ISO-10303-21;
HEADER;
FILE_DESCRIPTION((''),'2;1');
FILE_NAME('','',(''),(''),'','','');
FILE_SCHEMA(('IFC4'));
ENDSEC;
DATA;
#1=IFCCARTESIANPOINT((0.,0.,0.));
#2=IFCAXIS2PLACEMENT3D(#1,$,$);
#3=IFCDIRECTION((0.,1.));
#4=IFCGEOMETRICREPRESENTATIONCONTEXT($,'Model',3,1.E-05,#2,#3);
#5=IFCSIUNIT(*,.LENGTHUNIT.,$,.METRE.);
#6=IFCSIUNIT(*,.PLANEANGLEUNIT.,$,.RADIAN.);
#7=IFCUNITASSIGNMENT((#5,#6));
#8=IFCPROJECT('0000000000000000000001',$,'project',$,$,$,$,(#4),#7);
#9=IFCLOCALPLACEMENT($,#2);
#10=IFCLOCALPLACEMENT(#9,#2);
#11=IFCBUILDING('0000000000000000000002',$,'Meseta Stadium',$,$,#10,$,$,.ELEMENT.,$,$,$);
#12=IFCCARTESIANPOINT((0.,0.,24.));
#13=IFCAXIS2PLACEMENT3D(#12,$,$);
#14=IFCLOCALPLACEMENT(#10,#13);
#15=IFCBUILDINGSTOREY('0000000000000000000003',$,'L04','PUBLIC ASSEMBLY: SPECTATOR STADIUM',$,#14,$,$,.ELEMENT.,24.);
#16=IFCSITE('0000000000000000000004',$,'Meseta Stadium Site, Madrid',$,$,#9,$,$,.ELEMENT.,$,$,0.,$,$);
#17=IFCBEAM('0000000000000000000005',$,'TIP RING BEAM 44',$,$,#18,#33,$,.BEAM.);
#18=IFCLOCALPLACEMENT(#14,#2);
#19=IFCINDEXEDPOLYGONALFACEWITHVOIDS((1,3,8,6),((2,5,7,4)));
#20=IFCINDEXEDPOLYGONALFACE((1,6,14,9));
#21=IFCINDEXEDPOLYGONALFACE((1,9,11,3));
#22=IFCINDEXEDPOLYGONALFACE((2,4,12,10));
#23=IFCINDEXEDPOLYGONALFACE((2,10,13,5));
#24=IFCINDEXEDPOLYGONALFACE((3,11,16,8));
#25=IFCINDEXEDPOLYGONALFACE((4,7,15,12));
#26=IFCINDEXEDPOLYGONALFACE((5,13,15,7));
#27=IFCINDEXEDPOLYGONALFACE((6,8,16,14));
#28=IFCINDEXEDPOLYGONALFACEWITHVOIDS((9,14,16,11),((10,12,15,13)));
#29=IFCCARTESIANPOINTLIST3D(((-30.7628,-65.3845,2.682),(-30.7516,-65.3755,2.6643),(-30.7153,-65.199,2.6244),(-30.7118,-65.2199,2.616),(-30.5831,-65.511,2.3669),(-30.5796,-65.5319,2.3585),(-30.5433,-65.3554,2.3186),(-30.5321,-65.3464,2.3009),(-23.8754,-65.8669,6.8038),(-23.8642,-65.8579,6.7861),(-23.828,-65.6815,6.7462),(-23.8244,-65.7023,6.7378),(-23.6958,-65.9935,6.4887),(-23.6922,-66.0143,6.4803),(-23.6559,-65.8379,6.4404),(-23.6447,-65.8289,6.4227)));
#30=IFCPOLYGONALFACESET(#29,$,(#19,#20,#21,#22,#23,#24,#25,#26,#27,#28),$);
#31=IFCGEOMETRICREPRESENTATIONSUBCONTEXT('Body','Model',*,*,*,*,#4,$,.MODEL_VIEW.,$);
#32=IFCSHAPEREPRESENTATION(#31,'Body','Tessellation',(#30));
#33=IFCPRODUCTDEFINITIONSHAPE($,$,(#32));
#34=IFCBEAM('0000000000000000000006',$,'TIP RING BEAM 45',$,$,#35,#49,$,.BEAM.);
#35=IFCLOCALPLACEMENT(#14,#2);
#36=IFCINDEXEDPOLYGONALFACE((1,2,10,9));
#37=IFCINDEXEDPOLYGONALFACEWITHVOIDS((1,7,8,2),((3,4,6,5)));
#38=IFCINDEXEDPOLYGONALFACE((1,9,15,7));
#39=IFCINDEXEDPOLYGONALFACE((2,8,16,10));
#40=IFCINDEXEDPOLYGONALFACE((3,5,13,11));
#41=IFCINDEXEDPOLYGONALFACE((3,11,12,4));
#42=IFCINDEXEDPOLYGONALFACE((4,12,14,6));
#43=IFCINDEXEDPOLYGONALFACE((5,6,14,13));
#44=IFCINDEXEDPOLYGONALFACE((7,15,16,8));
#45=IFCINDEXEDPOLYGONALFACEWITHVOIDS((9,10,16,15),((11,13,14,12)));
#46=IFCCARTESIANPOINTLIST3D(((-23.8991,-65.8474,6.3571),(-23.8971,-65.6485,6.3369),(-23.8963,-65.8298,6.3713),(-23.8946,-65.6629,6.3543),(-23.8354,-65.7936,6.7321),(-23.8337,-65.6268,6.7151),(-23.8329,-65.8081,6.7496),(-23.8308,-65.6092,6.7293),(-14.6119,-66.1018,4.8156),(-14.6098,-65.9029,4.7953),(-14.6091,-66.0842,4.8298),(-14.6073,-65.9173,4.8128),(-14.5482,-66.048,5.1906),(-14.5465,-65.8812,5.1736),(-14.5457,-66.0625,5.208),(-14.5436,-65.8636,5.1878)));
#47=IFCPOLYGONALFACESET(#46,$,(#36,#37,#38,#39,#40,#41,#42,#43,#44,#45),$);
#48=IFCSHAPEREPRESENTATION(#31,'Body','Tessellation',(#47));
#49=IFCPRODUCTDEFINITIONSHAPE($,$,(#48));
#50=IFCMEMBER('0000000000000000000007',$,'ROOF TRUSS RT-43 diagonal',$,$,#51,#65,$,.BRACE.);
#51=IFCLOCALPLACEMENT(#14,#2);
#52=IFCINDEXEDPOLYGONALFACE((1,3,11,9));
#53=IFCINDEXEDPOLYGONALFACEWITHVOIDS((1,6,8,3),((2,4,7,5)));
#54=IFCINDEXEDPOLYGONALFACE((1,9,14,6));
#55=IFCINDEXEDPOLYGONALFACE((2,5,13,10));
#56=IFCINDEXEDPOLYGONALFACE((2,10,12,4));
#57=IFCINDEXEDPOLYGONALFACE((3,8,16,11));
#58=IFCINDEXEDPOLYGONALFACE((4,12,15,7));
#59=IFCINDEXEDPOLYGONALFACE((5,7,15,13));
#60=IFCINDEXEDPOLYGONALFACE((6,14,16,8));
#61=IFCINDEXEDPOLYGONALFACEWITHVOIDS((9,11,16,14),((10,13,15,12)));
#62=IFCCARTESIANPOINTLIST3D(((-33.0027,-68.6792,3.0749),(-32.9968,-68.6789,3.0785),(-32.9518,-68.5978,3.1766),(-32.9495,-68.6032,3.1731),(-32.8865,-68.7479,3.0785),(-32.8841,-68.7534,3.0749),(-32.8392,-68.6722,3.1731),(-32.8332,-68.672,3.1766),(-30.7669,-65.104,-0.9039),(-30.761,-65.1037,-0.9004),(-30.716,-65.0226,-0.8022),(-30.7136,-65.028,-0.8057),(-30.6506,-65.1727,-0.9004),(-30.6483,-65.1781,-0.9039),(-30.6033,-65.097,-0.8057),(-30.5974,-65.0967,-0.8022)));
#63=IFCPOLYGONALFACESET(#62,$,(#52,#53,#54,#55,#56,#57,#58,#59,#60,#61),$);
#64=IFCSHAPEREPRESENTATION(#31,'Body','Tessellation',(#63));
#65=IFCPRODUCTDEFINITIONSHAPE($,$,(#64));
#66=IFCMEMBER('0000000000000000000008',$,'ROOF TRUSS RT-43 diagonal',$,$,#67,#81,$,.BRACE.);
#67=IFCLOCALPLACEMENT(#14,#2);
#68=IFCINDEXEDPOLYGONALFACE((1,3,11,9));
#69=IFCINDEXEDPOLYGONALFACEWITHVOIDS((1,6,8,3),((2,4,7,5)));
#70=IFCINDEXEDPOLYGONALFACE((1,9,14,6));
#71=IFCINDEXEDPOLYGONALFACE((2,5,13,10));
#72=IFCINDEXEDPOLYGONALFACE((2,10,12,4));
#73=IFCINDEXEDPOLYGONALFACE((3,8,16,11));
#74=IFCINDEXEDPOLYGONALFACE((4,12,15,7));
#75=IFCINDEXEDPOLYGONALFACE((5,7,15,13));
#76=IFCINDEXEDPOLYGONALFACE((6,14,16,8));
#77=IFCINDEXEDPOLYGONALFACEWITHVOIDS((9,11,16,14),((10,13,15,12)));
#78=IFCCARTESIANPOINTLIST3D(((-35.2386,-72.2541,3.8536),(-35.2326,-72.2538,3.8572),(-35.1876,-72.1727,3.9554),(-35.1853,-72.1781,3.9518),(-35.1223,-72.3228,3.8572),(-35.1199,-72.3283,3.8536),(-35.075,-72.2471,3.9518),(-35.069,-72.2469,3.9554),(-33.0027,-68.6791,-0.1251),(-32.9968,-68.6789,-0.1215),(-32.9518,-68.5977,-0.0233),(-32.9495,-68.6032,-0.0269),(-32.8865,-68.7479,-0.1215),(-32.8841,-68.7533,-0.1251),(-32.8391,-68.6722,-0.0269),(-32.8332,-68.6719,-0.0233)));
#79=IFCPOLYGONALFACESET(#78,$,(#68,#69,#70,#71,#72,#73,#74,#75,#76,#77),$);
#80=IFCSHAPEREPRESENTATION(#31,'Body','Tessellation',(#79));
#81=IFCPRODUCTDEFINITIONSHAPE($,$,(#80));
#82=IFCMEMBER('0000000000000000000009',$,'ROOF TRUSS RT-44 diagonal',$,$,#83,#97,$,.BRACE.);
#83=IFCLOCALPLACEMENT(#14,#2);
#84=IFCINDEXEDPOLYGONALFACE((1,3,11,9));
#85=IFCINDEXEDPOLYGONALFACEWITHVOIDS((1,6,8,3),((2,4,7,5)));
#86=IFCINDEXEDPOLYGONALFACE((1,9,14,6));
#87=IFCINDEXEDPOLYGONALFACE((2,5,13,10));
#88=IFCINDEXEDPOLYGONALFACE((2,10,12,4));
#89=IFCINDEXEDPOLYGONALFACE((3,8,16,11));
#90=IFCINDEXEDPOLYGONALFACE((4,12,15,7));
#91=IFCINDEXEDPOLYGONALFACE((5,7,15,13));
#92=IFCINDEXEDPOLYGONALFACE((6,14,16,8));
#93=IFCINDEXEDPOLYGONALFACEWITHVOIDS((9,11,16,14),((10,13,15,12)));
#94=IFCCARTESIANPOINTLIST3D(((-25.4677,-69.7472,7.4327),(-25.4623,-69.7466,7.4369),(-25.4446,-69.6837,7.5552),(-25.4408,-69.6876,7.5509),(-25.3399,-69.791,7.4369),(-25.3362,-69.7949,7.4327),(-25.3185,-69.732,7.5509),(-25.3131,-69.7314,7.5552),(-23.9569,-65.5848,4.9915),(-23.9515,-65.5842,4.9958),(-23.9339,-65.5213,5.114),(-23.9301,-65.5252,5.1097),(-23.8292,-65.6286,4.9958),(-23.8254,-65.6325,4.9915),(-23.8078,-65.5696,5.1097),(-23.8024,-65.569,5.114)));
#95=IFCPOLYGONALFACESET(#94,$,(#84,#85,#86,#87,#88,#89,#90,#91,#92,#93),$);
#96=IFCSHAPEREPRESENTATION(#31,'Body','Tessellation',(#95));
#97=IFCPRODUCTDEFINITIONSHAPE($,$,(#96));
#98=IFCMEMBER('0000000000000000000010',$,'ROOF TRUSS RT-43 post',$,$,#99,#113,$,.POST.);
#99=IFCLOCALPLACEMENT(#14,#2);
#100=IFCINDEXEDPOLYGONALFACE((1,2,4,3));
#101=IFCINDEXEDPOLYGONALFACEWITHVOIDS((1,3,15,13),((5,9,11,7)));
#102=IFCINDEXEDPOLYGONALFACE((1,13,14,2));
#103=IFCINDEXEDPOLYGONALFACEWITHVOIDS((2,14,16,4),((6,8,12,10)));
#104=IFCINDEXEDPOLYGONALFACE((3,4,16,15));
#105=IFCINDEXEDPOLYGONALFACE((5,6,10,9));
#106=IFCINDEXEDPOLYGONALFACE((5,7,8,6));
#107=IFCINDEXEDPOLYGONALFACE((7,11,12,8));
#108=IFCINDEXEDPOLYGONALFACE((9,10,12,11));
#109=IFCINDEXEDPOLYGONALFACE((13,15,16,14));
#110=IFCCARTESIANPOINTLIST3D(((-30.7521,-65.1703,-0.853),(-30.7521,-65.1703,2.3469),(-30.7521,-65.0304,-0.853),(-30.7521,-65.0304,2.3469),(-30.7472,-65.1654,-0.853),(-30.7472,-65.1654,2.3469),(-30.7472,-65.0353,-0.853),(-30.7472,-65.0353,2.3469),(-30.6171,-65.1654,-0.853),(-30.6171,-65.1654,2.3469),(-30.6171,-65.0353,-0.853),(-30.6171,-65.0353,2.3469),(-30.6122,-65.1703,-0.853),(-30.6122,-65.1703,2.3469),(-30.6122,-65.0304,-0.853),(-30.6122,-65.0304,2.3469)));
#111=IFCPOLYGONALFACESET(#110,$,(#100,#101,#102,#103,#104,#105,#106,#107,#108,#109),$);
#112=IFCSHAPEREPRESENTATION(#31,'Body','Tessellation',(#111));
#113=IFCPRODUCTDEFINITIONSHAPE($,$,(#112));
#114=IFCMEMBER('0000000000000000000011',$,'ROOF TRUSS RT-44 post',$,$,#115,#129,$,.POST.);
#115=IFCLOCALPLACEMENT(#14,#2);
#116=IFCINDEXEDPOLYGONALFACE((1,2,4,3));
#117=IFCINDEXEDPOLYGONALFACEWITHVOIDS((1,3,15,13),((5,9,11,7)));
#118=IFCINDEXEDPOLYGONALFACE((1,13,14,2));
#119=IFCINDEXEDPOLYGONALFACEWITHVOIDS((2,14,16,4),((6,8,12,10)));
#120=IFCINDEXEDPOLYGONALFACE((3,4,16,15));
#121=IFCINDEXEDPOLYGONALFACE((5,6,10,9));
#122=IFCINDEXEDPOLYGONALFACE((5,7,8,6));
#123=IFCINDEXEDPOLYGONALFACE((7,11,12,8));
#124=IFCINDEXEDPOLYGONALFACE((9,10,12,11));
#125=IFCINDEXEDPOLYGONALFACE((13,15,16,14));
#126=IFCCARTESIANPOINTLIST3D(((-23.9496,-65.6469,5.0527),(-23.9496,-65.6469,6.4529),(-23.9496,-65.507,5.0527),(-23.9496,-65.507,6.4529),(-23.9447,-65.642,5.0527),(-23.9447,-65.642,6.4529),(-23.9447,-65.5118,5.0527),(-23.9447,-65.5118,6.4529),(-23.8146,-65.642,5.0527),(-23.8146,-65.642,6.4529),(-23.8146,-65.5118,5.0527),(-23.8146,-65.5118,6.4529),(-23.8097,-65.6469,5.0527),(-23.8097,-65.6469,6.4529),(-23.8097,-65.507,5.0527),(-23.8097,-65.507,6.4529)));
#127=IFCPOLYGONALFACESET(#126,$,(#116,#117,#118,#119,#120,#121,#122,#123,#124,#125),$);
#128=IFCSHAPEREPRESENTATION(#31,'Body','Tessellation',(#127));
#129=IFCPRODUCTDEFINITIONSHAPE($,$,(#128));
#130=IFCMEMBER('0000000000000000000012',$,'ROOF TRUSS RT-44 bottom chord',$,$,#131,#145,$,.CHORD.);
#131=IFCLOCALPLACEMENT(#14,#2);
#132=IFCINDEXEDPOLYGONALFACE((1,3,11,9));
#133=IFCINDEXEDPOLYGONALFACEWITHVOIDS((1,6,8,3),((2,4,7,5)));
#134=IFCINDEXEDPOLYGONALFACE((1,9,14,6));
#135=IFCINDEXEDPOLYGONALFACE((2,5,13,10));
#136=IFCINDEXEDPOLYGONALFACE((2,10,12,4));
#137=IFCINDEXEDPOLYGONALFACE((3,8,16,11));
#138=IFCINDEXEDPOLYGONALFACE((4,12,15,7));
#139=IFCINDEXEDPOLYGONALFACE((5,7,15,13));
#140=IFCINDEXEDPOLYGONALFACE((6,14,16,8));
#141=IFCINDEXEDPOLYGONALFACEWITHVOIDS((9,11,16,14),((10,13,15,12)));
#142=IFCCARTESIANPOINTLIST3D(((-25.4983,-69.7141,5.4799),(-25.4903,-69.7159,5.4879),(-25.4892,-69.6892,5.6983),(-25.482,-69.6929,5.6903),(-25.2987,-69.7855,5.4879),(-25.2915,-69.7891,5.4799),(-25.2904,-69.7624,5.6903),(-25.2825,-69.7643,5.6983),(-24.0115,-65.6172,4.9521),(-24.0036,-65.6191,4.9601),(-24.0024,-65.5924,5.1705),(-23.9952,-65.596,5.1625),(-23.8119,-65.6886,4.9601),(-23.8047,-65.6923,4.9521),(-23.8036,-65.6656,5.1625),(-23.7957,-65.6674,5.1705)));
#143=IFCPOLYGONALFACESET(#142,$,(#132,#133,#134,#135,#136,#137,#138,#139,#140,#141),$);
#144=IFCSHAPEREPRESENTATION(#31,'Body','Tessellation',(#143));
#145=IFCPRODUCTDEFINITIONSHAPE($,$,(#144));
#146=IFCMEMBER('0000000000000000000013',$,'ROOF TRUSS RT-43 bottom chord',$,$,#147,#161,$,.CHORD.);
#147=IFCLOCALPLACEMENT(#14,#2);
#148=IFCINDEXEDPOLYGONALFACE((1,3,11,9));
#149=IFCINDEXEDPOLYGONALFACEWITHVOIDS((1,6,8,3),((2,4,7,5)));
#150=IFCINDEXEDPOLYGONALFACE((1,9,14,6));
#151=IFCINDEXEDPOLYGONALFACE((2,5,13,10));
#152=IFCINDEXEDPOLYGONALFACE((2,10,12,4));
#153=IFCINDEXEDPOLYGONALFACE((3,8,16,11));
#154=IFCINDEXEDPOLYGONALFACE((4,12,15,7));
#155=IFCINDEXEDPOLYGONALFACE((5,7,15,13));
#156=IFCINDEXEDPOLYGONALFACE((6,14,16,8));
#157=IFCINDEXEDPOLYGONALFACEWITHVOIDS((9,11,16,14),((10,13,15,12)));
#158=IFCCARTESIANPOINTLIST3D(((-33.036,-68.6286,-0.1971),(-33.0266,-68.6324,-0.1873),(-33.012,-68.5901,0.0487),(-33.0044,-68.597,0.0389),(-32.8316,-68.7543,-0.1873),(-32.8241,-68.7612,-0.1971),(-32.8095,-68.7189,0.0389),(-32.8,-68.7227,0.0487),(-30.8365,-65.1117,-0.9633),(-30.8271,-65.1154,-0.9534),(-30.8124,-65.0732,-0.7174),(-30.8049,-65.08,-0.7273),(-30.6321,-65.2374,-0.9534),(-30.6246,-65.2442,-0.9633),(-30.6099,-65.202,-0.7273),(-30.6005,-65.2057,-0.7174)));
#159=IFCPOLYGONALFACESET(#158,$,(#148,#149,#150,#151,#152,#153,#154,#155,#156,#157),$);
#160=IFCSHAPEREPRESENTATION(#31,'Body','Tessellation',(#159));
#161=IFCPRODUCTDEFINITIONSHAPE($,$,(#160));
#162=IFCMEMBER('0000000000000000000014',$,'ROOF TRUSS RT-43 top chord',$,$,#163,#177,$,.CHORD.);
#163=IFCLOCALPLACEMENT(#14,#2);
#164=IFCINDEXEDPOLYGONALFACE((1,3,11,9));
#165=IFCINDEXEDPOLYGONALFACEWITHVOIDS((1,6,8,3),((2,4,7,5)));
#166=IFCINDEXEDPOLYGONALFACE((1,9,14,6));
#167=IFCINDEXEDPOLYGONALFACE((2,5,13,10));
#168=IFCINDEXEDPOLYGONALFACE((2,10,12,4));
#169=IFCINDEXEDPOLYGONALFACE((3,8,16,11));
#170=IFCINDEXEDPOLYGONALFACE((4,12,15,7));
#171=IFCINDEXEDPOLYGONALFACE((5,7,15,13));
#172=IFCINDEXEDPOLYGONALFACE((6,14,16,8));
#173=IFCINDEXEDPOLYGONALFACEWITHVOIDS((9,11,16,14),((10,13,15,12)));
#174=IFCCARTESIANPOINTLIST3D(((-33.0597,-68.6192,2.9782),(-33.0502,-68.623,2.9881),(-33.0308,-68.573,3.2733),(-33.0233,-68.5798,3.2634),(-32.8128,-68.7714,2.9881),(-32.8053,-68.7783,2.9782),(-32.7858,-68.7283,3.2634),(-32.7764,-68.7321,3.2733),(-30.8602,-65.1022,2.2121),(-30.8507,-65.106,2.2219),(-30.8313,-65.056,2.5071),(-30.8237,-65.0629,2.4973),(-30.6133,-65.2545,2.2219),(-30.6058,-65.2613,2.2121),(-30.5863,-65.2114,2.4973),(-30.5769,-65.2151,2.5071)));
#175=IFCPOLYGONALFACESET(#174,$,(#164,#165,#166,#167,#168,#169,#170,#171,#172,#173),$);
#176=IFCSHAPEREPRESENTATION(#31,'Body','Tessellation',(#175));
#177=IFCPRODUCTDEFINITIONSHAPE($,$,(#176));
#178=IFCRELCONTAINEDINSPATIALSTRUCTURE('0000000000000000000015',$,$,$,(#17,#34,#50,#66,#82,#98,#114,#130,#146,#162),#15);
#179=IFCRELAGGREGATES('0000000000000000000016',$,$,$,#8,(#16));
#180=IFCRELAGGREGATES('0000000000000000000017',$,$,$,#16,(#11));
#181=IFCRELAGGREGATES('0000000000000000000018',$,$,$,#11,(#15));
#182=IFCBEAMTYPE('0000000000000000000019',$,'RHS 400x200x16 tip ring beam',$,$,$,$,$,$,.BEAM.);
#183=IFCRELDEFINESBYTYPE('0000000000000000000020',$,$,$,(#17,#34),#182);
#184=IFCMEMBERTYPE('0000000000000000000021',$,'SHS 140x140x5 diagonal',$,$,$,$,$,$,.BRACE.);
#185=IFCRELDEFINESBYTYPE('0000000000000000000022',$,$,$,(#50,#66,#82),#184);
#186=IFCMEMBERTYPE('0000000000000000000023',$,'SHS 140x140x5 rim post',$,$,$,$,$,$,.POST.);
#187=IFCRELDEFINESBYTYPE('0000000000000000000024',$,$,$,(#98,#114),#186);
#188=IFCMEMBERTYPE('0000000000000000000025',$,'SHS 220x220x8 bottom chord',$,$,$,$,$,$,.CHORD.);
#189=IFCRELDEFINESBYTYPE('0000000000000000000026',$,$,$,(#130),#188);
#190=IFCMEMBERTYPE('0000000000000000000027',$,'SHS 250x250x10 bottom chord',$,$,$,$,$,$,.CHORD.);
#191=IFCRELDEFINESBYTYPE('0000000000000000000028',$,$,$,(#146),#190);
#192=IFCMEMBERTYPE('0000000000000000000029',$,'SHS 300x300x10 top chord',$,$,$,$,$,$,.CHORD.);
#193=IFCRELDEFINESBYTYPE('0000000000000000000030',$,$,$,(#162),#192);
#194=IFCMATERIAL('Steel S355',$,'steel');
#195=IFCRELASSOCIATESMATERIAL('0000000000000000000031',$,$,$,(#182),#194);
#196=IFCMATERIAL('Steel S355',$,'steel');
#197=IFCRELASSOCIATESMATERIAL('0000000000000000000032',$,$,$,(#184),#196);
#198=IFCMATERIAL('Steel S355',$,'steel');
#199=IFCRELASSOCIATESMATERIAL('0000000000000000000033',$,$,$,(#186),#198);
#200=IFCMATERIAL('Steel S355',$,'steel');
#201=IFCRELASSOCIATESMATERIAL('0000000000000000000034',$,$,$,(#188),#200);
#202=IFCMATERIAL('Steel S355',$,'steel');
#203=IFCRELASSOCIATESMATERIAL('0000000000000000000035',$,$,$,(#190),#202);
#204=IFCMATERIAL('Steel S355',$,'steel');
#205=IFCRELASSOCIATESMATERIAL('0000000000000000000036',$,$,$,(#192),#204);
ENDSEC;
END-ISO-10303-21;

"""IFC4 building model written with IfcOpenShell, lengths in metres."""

from ifc_helpers import new_model, si_unit, direction, frame, origin, origin_2d, place, context, subcontext, project, spatial, hollow_rectangle, extrude, material, material_profile, profile_set, type_object, element, save


model = new_model("IFC4")

# Units and contexts
model_context = context("Model", 3, precision=1e-05, world=origin(), true_north=direction((0.0, 1.0)))
body_context = subcontext(model_context, "Body", "Model", "MODEL_VIEW")
ifc_project = project(units=[si_unit("LENGTHUNIT", "METRE"), si_unit("PLANEANGLEUNIT", "RADIAN")], contexts=[model_context])

# Site, building, storey
site_placement = place(None, origin())
site = spatial("IfcSite", under=ifc_project, at=site_placement, Name="Meseta Stadium Site, Madrid", CompositionType="ELEMENT", RefElevation=0.0)
building_placement = place(site_placement, origin())
building = spatial("IfcBuilding", under=site, at=building_placement, Name="Meseta Stadium", CompositionType="ELEMENT")
storey_placement = place(building_placement, frame((0.0, 0.0, 24.0)))
storey = spatial("IfcBuildingStorey", under=building, at=storey_placement, Name="L04", Description="PUBLIC ASSEMBLY: SPECTATOR STADIUM", CompositionType="ELEMENT", Elevation=24.0)

# Beams
ifc_material_1 = material(Name="Steel S355", Category="steel")
ifc_material_profile_1 = material_profile(ifc_material_1, hollow_rectangle(XDim=0.2, YDim=0.3999, WallThickness=0.0161, at=origin_2d()), Name="RHS 400x200x16")
ifc_profile_set_1 = profile_set([ifc_material_profile_1], Name="Steel S355")
beam_type = type_object("IfcBeamType", Name="RHS 400x200x16 tip ring beam", PredefinedType="BEAM", material=ifc_profile_set_1)
beam_1_placement = place(storey_placement, frame((-30.6475, -65.3655, 2.4915), z_axis=(0.856532, -0.059995, 0.512595), x_axis=(0.237458, 0.927657, -0.288211)))
element("IfcBeam", 1, at=beam_1_placement, inside=storey, type_object=beam_type, Name="TIP RING BEAM 44", PredefinedType="BEAM", context=body_context, shape_type="SweptSolid", body=[
    extrude(hollow_rectangle(XDim=0.2, YDim=0.3999, WallThickness=0.0161, at=origin_2d()), origin(), (0.0, 0.0, 1.0), 8.041),
])
beam_2_placement = place(storey_placement, frame((-23.865, -65.7283, 6.5432), z_axis=(0.986143, -0.027013, -0.163683), x_axis=(0.010416, 0.994789, -0.101418)))
element("IfcBeam", 2, at=beam_2_placement, inside=storey, type_object=beam_type, Name="TIP RING BEAM 45", PredefinedType="BEAM", context=body_context, shape_type="SweptSolid", body=[
    extrude(hollow_rectangle(XDim=0.2, YDim=0.3999, WallThickness=0.0161, at=origin_2d()), origin(), (0.0, 0.0, 1.0), 9.4177),
])

# Members
ifc_material_2 = material(Name="Steel S355", Category="steel")
ifc_material_profile_2 = material_profile(ifc_material_2, hollow_rectangle(XDim=0.1399, YDim=0.1399, WallThickness=0.0049, at=origin_2d()), Name="SHS 140x140x5")
ifc_profile_set_2 = profile_set([ifc_material_profile_2], Name="Steel S355")
member_type_1 = type_object("IfcMemberType", Name="SHS 140x140x5 diagonal", PredefinedType="BRACE", material=ifc_profile_set_2)
member_1_placement = place(storey_placement, frame((-30.6821, -65.1003, -0.853), z_axis=(-0.385653, -0.616674, 0.686284), x_axis=(0.847855, -0.530228, 0.0)))
element("IfcMember", 3, at=member_1_placement, inside=storey, type_object=member_type_1, Name="ROOF TRUSS RT-43 diagonal", PredefinedType="BRACE", context=body_context, shape_type="SweptSolid", body=[
    extrude(hollow_rectangle(XDim=0.1399, YDim=0.1399, WallThickness=0.0049, at=origin_2d()), origin(), (0.0, 0.0, 1.0), 5.7976),
])
member_2_placement = place(storey_placement, frame((-32.918, -68.6755, -0.0742), z_axis=(-0.385663, -0.616648, 0.686301), x_axis=(0.847839, -0.530254, 0.0)))
element("IfcMember", 4, at=member_2_placement, inside=storey, type_object=member_type_1, Name="ROOF TRUSS RT-43 diagonal", PredefinedType="BRACE", context=body_context, shape_type="SweptSolid", body=[
    extrude(hollow_rectangle(XDim=0.1399, YDim=0.1399, WallThickness=0.0049, at=origin_2d()), origin(), (0.0, 0.0, 1.0), 5.7974),
])
member_3_placement = place(storey_placement, frame((-23.8796, -65.5769, 5.0527), z_axis=(-0.29878, -0.823191, 0.48279), x_axis=(0.939999, -0.341176, 0.0)))
element("IfcMember", 5, at=member_3_placement, inside=storey, type_object=member_type_1, Name="ROOF TRUSS RT-44 diagonal", PredefinedType="BRACE", context=body_context, shape_type="SweptSolid", body=[
    extrude(hollow_rectangle(XDim=0.1399, YDim=0.1399, WallThickness=0.0049, at=origin_2d()), origin(), (0.0, 0.0, 1.0), 5.0564),
])
ifc_material_3 = material(Name="Steel S355", Category="steel")
ifc_material_profile_3 = material_profile(ifc_material_3, hollow_rectangle(XDim=0.1399, YDim=0.1399, WallThickness=0.0049, at=origin_2d()), Name="SHS 140x140x5")
ifc_profile_set_3 = profile_set([ifc_material_profile_3], Name="Steel S355")
member_type_2 = type_object("IfcMemberType", Name="SHS 140x140x5 rim post", PredefinedType="POST", material=ifc_profile_set_3)
member_4_placement = place(storey_placement, frame((-30.6821, -65.1003, -0.853), z_axis=(0.0, 0.0, 1.0), x_axis=(1.0, 0.0, 0.0)))
element("IfcMember", 6, at=member_4_placement, inside=storey, type_object=member_type_2, Name="ROOF TRUSS RT-43 post", PredefinedType="POST", context=body_context, shape_type="SweptSolid", body=[
    extrude(hollow_rectangle(XDim=0.1399, YDim=0.1399, WallThickness=0.0049, at=origin_2d()), origin(), (0.0, 0.0, 1.0), 3.2),
])
member_5_placement = place(storey_placement, frame((-23.8796, -65.5769, 5.0527), z_axis=(0.0, 0.0, 1.0), x_axis=(1.0, 0.0, 0.0)))
element("IfcMember", 7, at=member_5_placement, inside=storey, type_object=member_type_2, Name="ROOF TRUSS RT-44 post", PredefinedType="POST", context=body_context, shape_type="SweptSolid", body=[
    extrude(hollow_rectangle(XDim=0.1399, YDim=0.1399, WallThickness=0.0049, at=origin_2d()), origin(), (0.0, 0.0, 1.0), 1.4001),
])
ifc_material_4 = material(Name="Steel S355", Category="steel")
ifc_material_profile_4 = material_profile(ifc_material_4, hollow_rectangle(XDim=0.22, YDim=0.22, WallThickness=0.0081, at=origin_2d()), Name="SHS 220x220x8")
ifc_profile_set_4 = profile_set([ifc_material_profile_4], Name="Steel S355")
member_type_3 = type_object("IfcMemberType", Name="SHS 220x220x8 bottom chord", PredefinedType="CHORD", material=ifc_profile_set_4)
member_6_placement = place(storey_placement, frame((-23.9036, -65.6423, 5.0613), z_axis=(-0.338666, -0.933194, 0.120229), x_axis=(0.940012, -0.34114, 0.0)))
element("IfcMember", 8, at=member_6_placement, inside=storey, type_object=member_type_3, Name="ROOF TRUSS RT-44 bottom chord", PredefinedType="CHORD", context=body_context, shape_type="SweptSolid", body=[
    extrude(hollow_rectangle(XDim=0.22, YDim=0.22, WallThickness=0.0081, at=origin_2d()), origin(), (0.0, 0.0, 1.0), 4.3901),
])
ifc_material_5 = material(Name="Steel S355", Category="steel")
ifc_material_profile_5 = material_profile(ifc_material_5, hollow_rectangle(XDim=0.25, YDim=0.25, WallThickness=0.01, at=origin_2d()), Name="SHS 250x250x10")
ifc_profile_set_5 = profile_set([ifc_material_profile_5], Name="Steel S355")
member_type_4 = type_object("IfcMemberType", Name="SHS 250x250x10 bottom chord", PredefinedType="CHORD", material=ifc_profile_set_5)
member_7_placement = place(storey_placement, frame((-30.7185, -65.1587, -0.8403), z_axis=(-0.521429, -0.833742, 0.181623), x_axis=(0.847843, -0.530248, 0.0)))
element("IfcMember", 9, at=member_7_placement, inside=storey, type_object=member_type_4, Name="ROOF TRUSS RT-43 bottom chord", PredefinedType="CHORD", context=body_context, shape_type="SweptSolid", body=[
    extrude(hollow_rectangle(XDim=0.25, YDim=0.25, WallThickness=0.01, at=origin_2d()), origin(), (0.0, 0.0, 1.0), 4.2183),
])
ifc_material_6 = material(Name="Steel S355", Category="steel")
ifc_material_profile_6 = material_profile(ifc_material_6, hollow_rectangle(XDim=0.3, YDim=0.3, WallThickness=0.01, at=origin_2d()), Name="SHS 300x300x10")
ifc_profile_set_6 = profile_set([ifc_material_profile_6], Name="Steel S355")
member_type_5 = type_object("IfcMemberType", Name="SHS 300x300x10 top chord", PredefinedType="CHORD", material=ifc_profile_set_6)
member_8_placement = place(storey_placement, frame((-30.7185, -65.1587, 2.3596), z_axis=(-0.521429, -0.833742, 0.181623), x_axis=(0.847843, -0.530248, 0.0)))
element("IfcMember", 10, at=member_8_placement, inside=storey, type_object=member_type_5, Name="ROOF TRUSS RT-43 top chord", PredefinedType="CHORD", context=body_context, shape_type="SweptSolid", body=[
    extrude(hollow_rectangle(XDim=0.3, YDim=0.3, WallThickness=0.01, at=origin_2d()), origin(), (0.0, 0.0, 1.0), 4.2183),
])

save(model, "model.ifc")
